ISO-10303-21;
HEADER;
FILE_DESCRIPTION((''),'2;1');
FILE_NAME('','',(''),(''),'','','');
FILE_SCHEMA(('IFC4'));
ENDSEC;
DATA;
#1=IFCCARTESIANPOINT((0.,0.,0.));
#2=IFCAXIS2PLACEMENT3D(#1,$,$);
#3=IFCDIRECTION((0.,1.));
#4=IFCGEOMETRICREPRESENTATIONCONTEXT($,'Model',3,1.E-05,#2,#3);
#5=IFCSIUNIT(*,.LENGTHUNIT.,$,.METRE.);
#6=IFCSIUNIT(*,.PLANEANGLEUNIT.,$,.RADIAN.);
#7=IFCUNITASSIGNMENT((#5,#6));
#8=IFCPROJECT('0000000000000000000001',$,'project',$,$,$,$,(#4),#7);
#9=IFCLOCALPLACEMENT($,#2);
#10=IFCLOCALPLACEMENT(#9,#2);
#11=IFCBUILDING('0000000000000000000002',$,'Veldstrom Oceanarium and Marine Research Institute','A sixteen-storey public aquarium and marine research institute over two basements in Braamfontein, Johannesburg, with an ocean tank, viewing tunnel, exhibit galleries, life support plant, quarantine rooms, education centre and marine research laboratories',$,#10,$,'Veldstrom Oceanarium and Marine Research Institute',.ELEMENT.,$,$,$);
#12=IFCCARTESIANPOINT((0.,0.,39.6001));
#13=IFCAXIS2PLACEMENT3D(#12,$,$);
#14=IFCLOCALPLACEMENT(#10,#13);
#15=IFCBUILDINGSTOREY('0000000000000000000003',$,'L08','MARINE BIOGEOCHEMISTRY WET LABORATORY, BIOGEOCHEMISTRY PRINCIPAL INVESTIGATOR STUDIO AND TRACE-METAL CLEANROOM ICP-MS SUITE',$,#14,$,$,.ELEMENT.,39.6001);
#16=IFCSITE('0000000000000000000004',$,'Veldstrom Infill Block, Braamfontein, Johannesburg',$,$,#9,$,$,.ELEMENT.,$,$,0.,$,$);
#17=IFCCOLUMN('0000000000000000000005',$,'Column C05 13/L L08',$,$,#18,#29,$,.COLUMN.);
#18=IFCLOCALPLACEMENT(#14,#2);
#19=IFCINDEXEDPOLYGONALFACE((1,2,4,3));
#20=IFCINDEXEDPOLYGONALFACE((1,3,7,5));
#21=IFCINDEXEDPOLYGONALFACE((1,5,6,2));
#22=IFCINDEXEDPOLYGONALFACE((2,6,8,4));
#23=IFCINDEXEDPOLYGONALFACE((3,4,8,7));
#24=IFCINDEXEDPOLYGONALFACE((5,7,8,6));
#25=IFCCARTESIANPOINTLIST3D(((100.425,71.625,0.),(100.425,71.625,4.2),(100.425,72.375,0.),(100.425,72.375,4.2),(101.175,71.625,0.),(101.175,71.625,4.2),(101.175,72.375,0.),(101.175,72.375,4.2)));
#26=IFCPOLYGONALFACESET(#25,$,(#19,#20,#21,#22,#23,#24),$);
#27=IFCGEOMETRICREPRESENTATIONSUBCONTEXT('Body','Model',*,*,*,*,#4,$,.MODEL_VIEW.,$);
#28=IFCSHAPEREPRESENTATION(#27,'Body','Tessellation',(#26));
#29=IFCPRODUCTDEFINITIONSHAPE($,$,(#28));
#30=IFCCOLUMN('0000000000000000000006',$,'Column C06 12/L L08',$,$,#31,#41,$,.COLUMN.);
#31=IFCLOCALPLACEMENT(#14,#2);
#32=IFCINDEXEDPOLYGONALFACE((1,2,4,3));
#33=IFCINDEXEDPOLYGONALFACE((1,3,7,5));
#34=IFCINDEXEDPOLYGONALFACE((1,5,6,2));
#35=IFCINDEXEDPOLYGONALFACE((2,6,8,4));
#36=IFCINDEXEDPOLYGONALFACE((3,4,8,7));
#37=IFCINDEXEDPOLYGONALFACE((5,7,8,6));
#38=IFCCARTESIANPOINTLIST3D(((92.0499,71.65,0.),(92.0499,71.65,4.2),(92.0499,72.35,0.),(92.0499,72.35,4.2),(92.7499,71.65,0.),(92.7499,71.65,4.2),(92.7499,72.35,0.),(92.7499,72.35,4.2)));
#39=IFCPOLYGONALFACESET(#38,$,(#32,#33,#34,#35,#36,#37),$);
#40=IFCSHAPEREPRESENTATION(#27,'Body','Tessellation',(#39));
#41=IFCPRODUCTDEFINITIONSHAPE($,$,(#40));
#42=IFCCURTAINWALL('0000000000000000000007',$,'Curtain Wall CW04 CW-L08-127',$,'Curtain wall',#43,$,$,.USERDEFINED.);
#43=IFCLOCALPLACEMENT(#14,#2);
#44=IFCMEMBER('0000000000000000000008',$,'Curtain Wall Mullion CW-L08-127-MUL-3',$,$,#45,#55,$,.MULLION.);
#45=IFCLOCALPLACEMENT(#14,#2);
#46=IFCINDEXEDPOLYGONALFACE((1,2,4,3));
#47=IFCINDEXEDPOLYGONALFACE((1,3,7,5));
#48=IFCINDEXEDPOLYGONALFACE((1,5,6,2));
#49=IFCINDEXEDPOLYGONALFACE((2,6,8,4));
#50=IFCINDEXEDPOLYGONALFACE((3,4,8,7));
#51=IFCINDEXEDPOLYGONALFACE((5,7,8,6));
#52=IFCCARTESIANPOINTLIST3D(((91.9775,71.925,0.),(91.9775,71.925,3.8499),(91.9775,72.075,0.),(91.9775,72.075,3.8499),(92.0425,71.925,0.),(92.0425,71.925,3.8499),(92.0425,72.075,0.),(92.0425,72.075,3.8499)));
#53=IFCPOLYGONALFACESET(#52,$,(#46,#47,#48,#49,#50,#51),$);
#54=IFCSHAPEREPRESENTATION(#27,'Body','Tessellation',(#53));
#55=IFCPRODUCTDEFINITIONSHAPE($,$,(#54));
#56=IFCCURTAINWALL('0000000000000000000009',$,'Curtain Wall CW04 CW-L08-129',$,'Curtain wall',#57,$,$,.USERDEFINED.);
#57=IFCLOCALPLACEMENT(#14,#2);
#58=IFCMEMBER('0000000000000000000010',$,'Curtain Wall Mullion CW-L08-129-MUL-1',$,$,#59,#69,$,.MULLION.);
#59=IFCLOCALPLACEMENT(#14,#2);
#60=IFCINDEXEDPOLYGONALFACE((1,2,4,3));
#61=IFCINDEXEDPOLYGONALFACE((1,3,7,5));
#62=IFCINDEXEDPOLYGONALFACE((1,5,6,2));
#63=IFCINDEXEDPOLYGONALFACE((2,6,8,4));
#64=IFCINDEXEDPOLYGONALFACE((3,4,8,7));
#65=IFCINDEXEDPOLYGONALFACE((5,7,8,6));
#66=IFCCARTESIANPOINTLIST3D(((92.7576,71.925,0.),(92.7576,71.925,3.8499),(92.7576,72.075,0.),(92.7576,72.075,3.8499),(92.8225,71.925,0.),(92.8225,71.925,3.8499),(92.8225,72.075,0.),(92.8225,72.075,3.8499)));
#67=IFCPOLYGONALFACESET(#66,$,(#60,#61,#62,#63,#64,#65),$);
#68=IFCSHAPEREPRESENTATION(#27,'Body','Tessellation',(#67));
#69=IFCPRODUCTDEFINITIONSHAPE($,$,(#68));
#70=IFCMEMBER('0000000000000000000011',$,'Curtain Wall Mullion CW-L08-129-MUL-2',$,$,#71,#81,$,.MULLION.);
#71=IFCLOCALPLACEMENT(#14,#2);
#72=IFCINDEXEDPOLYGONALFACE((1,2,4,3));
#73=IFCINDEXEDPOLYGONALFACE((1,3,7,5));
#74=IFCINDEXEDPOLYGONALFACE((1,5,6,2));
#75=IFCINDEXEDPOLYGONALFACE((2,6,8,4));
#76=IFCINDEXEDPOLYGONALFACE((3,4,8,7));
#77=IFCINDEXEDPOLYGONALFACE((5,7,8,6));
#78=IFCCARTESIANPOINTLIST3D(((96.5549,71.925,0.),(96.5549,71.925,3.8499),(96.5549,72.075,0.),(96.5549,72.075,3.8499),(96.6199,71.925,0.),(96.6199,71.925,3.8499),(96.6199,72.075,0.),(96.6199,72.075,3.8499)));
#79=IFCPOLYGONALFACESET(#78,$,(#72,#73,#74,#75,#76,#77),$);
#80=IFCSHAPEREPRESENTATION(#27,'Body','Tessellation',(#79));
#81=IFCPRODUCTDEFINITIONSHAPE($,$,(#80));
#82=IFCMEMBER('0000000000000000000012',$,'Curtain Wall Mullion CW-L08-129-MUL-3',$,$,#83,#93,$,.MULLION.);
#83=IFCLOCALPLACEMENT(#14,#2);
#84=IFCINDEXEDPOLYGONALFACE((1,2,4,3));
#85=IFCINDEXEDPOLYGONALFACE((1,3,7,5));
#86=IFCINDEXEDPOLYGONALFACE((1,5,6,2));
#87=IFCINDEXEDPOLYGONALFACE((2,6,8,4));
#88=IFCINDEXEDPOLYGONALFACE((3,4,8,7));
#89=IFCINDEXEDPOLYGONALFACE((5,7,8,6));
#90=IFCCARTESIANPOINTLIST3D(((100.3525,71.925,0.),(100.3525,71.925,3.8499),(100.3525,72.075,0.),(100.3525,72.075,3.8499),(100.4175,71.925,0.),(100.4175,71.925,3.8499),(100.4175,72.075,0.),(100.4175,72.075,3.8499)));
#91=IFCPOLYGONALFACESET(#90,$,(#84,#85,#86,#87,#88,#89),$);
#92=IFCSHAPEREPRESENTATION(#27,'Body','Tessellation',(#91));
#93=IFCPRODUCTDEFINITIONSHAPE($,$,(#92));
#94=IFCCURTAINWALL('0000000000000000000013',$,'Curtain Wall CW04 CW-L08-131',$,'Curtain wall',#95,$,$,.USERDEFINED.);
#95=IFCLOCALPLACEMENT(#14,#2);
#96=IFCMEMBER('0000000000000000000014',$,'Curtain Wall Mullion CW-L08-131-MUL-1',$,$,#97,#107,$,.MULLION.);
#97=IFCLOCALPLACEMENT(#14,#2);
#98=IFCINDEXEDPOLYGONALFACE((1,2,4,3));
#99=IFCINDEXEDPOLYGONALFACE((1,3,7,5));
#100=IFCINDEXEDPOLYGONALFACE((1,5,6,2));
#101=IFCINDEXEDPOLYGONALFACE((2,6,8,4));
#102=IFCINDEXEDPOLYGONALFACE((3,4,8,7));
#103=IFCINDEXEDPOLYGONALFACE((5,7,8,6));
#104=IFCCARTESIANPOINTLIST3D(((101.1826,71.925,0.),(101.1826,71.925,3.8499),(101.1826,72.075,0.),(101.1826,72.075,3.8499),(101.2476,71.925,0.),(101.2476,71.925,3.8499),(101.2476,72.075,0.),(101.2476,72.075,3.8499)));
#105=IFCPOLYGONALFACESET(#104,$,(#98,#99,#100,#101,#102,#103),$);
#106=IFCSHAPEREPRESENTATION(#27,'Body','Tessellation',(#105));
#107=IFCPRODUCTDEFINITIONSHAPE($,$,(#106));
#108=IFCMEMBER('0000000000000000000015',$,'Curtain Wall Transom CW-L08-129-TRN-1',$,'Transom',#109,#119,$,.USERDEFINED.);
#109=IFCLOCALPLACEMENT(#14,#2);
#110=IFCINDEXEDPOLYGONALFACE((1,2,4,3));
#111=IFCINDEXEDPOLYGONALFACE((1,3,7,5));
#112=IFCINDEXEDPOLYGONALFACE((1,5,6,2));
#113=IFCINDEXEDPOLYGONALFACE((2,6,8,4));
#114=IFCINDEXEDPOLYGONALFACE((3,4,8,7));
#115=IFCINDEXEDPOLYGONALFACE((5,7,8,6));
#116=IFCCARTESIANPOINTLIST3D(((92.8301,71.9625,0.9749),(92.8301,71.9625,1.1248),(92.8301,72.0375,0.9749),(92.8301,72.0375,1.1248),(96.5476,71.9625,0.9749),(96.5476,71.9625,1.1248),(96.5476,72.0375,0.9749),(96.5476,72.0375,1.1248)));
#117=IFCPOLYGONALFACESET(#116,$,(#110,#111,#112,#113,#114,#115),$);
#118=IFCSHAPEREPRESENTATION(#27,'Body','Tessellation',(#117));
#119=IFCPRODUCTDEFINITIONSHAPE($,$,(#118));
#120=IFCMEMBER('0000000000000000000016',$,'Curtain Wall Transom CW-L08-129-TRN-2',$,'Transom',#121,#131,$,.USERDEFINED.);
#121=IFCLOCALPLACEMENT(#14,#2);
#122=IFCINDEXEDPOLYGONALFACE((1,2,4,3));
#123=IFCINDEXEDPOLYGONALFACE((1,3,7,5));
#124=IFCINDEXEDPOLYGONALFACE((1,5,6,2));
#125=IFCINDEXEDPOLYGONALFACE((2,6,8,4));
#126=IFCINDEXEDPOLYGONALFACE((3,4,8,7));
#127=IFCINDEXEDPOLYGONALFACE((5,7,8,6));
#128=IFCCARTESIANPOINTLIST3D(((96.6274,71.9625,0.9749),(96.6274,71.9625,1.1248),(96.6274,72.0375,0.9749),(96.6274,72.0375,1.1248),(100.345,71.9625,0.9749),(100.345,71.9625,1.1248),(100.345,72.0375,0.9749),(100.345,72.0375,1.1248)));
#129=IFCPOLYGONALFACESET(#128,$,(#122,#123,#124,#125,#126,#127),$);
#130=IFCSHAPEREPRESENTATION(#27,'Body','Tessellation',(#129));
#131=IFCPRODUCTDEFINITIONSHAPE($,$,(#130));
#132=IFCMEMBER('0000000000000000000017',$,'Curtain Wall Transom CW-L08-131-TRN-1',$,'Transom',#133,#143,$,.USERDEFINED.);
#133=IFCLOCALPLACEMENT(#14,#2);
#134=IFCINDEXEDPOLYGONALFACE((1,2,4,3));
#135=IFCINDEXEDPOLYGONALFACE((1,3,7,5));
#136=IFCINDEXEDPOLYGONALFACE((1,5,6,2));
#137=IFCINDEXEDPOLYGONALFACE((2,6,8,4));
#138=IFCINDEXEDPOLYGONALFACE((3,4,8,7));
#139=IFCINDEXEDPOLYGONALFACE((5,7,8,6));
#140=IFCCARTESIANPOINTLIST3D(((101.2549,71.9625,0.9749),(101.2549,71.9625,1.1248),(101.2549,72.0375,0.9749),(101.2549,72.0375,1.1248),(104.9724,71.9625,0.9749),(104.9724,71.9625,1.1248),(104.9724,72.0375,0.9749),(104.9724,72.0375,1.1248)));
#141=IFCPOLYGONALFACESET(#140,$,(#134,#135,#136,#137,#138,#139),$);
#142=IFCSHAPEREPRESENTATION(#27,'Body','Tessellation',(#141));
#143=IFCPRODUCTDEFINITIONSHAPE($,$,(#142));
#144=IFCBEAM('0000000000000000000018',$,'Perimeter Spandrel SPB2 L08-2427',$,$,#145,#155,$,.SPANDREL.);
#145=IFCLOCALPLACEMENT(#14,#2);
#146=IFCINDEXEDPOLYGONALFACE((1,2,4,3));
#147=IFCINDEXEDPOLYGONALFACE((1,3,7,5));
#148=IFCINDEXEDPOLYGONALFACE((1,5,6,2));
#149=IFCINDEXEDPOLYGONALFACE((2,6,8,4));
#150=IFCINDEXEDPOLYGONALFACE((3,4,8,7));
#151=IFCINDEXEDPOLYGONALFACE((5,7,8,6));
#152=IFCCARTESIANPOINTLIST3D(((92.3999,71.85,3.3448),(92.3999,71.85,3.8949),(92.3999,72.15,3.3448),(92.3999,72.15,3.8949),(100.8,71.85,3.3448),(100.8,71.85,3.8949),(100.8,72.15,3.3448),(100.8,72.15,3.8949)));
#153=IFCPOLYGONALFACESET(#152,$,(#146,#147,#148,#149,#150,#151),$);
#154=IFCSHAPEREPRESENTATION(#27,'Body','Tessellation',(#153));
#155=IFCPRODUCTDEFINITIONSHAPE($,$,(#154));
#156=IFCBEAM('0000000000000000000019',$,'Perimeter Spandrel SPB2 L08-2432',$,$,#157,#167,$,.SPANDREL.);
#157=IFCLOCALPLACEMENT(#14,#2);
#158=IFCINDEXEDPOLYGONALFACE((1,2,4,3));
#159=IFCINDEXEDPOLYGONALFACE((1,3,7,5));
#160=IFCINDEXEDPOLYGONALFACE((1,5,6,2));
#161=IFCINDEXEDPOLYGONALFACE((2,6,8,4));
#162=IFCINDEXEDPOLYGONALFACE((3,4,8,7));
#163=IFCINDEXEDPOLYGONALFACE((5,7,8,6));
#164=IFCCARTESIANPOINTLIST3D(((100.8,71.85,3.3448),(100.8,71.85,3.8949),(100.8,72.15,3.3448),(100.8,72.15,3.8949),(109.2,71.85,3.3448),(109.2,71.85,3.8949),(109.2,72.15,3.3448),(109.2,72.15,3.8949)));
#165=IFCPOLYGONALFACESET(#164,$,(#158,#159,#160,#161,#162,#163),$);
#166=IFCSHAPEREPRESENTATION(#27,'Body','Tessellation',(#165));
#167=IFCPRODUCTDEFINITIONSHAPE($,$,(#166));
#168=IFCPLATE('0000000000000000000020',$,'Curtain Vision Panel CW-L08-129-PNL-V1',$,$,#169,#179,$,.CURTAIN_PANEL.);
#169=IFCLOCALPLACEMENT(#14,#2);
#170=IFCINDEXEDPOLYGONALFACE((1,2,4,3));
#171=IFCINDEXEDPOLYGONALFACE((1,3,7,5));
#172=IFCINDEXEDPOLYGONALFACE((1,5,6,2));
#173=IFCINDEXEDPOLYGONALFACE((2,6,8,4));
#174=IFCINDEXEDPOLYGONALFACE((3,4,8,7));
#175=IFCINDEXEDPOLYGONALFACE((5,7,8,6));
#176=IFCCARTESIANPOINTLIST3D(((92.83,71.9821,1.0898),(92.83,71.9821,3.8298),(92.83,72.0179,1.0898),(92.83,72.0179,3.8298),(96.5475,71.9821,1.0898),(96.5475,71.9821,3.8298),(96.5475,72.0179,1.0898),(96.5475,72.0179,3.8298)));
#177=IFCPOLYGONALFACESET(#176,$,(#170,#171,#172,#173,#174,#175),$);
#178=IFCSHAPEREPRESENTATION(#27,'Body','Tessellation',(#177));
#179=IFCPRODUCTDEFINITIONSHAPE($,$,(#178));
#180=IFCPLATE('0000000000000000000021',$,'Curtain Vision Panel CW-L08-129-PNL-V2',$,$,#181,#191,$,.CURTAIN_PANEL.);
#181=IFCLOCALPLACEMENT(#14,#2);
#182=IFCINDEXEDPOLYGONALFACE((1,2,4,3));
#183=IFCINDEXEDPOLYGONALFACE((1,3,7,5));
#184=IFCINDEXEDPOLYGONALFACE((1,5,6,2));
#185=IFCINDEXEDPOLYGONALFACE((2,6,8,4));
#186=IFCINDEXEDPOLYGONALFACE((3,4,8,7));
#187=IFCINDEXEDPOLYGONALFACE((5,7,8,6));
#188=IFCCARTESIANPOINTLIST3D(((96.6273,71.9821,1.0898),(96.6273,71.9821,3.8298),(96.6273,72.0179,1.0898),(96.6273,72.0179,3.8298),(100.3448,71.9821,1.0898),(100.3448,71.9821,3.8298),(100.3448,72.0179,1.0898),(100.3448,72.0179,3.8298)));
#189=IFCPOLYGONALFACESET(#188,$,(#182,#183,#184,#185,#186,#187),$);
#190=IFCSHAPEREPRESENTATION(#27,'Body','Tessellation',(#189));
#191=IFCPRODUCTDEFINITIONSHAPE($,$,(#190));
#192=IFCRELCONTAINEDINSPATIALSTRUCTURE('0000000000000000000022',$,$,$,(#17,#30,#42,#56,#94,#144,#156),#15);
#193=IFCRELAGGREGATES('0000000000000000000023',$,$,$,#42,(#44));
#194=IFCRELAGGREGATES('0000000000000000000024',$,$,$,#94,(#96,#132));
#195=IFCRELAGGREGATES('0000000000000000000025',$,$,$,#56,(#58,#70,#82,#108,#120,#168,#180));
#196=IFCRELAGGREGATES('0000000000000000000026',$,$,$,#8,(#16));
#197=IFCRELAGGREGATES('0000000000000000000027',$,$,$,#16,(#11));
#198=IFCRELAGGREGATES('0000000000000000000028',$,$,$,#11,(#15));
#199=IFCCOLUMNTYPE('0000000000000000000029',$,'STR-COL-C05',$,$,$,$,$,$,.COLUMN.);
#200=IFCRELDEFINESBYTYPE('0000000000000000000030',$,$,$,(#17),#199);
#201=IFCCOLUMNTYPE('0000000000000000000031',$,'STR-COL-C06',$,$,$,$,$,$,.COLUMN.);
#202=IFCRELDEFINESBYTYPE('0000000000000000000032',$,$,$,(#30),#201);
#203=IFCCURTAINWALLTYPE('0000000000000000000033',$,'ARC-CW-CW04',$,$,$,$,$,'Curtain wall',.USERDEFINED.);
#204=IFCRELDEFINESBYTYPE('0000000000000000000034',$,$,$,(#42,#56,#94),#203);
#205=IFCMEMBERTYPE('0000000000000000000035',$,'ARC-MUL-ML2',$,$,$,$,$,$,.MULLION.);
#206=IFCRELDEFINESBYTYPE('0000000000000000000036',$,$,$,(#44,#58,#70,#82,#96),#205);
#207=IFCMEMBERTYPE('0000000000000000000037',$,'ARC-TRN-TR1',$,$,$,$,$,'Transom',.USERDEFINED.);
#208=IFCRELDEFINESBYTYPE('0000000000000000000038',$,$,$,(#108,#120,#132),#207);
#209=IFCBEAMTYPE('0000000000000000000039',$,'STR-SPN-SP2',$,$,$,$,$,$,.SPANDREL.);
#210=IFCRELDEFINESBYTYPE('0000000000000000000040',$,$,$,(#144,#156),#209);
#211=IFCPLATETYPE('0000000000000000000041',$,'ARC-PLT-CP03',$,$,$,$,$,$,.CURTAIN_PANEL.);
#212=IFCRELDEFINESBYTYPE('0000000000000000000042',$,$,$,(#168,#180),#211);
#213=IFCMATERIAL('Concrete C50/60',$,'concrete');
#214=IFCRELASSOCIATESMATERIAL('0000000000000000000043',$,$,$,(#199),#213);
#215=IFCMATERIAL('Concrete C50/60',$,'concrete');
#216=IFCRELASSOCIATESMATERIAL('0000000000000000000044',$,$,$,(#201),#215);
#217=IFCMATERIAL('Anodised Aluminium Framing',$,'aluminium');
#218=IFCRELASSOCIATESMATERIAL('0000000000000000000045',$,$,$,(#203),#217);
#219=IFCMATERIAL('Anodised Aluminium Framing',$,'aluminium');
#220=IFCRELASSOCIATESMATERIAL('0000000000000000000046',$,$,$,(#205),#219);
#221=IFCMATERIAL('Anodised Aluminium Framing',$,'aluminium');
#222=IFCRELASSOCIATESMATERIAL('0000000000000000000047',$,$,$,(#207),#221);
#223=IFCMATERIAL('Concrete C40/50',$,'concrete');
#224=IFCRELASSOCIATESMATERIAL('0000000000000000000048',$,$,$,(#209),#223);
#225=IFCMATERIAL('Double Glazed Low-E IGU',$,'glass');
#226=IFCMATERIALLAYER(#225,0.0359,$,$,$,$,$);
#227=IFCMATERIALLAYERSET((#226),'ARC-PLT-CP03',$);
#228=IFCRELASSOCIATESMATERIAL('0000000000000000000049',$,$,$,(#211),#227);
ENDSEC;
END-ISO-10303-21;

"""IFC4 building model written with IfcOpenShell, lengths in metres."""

from ifc_helpers import new_model, si_unit, direction, frame, origin, origin_2d, place, context, subcontext, project, spatial, rectangle, extrude, material, layer, layer_set, material_profile, profile_set, type_object, element, aggregate, save


model = new_model("IFC4")

# Units and contexts
model_context = context("Model", 3, precision=1e-05, world=origin(), true_north=direction((0.0, 1.0)))
body_context = subcontext(model_context, "Body", "Model", "MODEL_VIEW")
ifc_project = project(units=[si_unit("LENGTHUNIT", "METRE"), si_unit("PLANEANGLEUNIT", "RADIAN")], contexts=[model_context])

# Site, building, storey
site_placement = place(None, origin())
site = spatial("IfcSite", under=ifc_project, at=site_placement, Name="Veldstrom Infill Block, Braamfontein, Johannesburg", CompositionType="ELEMENT", RefElevation=0.0)
building_placement = place(site_placement, origin())
building = spatial("IfcBuilding", under=site, at=building_placement, Name="Veldstrom Oceanarium and Marine Research Institute", Description="A sixteen-storey public aquarium and marine research institute over two basements in Braamfontein, Johannesburg, with an ocean tank, viewing tunnel, exhibit galleries, life support plant, quarantine rooms, education centre and marine research laboratories", LongName="Veldstrom Oceanarium and Marine Research Institute", CompositionType="ELEMENT")
storey_placement = place(building_placement, frame((0.0, 0.0, 39.6001)))
storey = spatial("IfcBuildingStorey", under=building, at=storey_placement, Name="L08", Description="MARINE BIOGEOCHEMISTRY WET LABORATORY, BIOGEOCHEMISTRY PRINCIPAL INVESTIGATOR STUDIO AND TRACE-METAL CLEANROOM ICP-MS SUITE", CompositionType="ELEMENT", Elevation=39.6001)

# Columns
ifc_material_1 = material(Name="Concrete C50/60", Category="concrete")
ifc_material_profile_1 = material_profile(ifc_material_1, rectangle(XDim=0.75, YDim=0.75, at=origin_2d()), Name="RC-COL-750x750")
ifc_profile_set_1 = profile_set([ifc_material_profile_1], Name="Concrete C50/60")
column_type_1 = type_object("IfcColumnType", Name="STR-COL-C05", PredefinedType="COLUMN", material=ifc_profile_set_1)
column_1_placement = place(storey_placement, frame((100.8, 72.0, 0.0), z_axis=(0.0, 0.0, 1.0), x_axis=(1.0, 0.0, 0.0)))
element("IfcColumn", 1, at=column_1_placement, inside=storey, type_object=column_type_1, Name="Column C05 13/L L08", PredefinedType="COLUMN", context=body_context, shape_type="SweptSolid", body=[
    extrude(rectangle(XDim=0.75, YDim=0.75, at=origin_2d()), origin(), (0.0, 0.0, 1.0), 4.2),
])
ifc_material_2 = material(Name="Concrete C50/60", Category="concrete")
ifc_material_profile_2 = material_profile(ifc_material_2, rectangle(XDim=0.7, YDim=0.7, at=origin_2d()), Name="RC-COL-700x700")
ifc_profile_set_2 = profile_set([ifc_material_profile_2], Name="Concrete C50/60")
column_type_2 = type_object("IfcColumnType", Name="STR-COL-C06", PredefinedType="COLUMN", material=ifc_profile_set_2)
column_2_placement = place(storey_placement, frame((92.3999, 72.0, 0.0), z_axis=(0.0, 0.0, 1.0), x_axis=(1.0, 0.0, 0.0)))
element("IfcColumn", 2, at=column_2_placement, inside=storey, type_object=column_type_2, Name="Column C06 12/L L08", PredefinedType="COLUMN", context=body_context, shape_type="SweptSolid", body=[
    extrude(rectangle(XDim=0.7, YDim=0.7, at=origin_2d()), origin(), (0.0, 0.0, 1.0), 4.2),
])

# Curtain wall, member
ifc_material_3 = material(Name="Anodised Aluminium Framing", Category="aluminium")
curtain_wall_type = type_object("IfcCurtainWallType", Name="ARC-CW-CW04", ElementType="Curtain wall", PredefinedType="USERDEFINED", material=ifc_material_3)
curtain_wall_1_placement = place(storey_placement, origin())
curtain_wall_1 = element("IfcCurtainWall", 3, at=curtain_wall_1_placement, inside=storey, type_object=curtain_wall_type, Name="Curtain Wall CW04 CW-L08-127", ObjectType="Curtain wall", PredefinedType="USERDEFINED")
ifc_material_4 = material(Name="Anodised Aluminium Framing", Category="aluminium")
ifc_material_profile_3 = material_profile(ifc_material_4, rectangle(XDim=0.0649, YDim=0.1499, at=origin_2d()), Name="ALU-MUL-65x150")
ifc_profile_set_3 = profile_set([ifc_material_profile_3], Name="Anodised Aluminium Framing")
member_type_1 = type_object("IfcMemberType", Name="ARC-MUL-ML2", PredefinedType="MULLION", material=ifc_profile_set_3)
member_1_placement = place(storey_placement, frame((92.01, 72.0, 0.0), z_axis=(0.0, 0.0, 1.0), x_axis=(1.0, 0.0, 0.0)))
member_1 = element("IfcMember", 4, at=member_1_placement, type_object=member_type_1, Name="Curtain Wall Mullion CW-L08-127-MUL-3", PredefinedType="MULLION", context=body_context, shape_type="SweptSolid", body=[
    extrude(rectangle(XDim=0.0649, YDim=0.1499, at=origin_2d()), origin(), (0.0, 0.0, 1.0), 3.8499),
])
aggregate(curtain_wall_1, [member_1])

# Curtain wall, members
curtain_wall_2_placement = place(storey_placement, origin())
curtain_wall_2 = element("IfcCurtainWall", 5, at=curtain_wall_2_placement, inside=storey, type_object=curtain_wall_type, Name="Curtain Wall CW04 CW-L08-129", ObjectType="Curtain wall", PredefinedType="USERDEFINED")
member_2_placement = place(storey_placement, frame((92.79, 72.0, 0.0), z_axis=(0.0, 0.0, 1.0), x_axis=(1.0, 0.0, 0.0)))
member_2 = element("IfcMember", 6, at=member_2_placement, type_object=member_type_1, Name="Curtain Wall Mullion CW-L08-129-MUL-1", PredefinedType="MULLION", context=body_context, shape_type="SweptSolid", body=[
    extrude(rectangle(XDim=0.0649, YDim=0.1499, at=origin_2d()), origin(), (0.0, 0.0, 1.0), 3.8499),
])
member_3_placement = place(storey_placement, frame((96.5874, 72.0, 0.0), z_axis=(0.0, 0.0, 1.0), x_axis=(1.0, 0.0, 0.0)))
member_3 = element("IfcMember", 7, at=member_3_placement, type_object=member_type_1, Name="Curtain Wall Mullion CW-L08-129-MUL-2", PredefinedType="MULLION", context=body_context, shape_type="SweptSolid", body=[
    extrude(rectangle(XDim=0.0649, YDim=0.1499, at=origin_2d()), origin(), (0.0, 0.0, 1.0), 3.8499),
])
member_4_placement = place(storey_placement, frame((100.385, 72.0, 0.0), z_axis=(0.0, 0.0, 1.0), x_axis=(1.0, 0.0, 0.0)))
member_4 = element("IfcMember", 8, at=member_4_placement, type_object=member_type_1, Name="Curtain Wall Mullion CW-L08-129-MUL-3", PredefinedType="MULLION", context=body_context, shape_type="SweptSolid", body=[
    extrude(rectangle(XDim=0.0649, YDim=0.1499, at=origin_2d()), origin(), (0.0, 0.0, 1.0), 3.8499),
])

# Curtain wall, member
curtain_wall_3_placement = place(storey_placement, origin())
curtain_wall_3 = element("IfcCurtainWall", 9, at=curtain_wall_3_placement, inside=storey, type_object=curtain_wall_type, Name="Curtain Wall CW04 CW-L08-131", ObjectType="Curtain wall", PredefinedType="USERDEFINED")
member_5_placement = place(storey_placement, frame((101.2151, 72.0, 0.0), z_axis=(0.0, 0.0, 1.0), x_axis=(1.0, 0.0, 0.0)))
member_5 = element("IfcMember", 10, at=member_5_placement, type_object=member_type_1, Name="Curtain Wall Mullion CW-L08-131-MUL-1", PredefinedType="MULLION", context=body_context, shape_type="SweptSolid", body=[
    extrude(rectangle(XDim=0.0649, YDim=0.1499, at=origin_2d()), origin(), (0.0, 0.0, 1.0), 3.8499),
])

# Members
ifc_material_5 = material(Name="Anodised Aluminium Framing", Category="aluminium")
ifc_material_profile_4 = material_profile(ifc_material_5, rectangle(XDim=0.075, YDim=0.1499, at=origin_2d()), Name="ALU-TRN-75x150")
ifc_profile_set_4 = profile_set([ifc_material_profile_4], Name="Anodised Aluminium Framing")
member_type_2 = type_object("IfcMemberType", Name="ARC-TRN-TR1", ElementType="Transom", PredefinedType="USERDEFINED", material=ifc_profile_set_4)
member_6_placement = place(storey_placement, frame((92.8301, 72.0, 1.0498), z_axis=(1.0, 0.0, 0.0), x_axis=(0.0, 1.0, 0.0)))
member_6 = element("IfcMember", 11, at=member_6_placement, type_object=member_type_2, Name="Curtain Wall Transom CW-L08-129-TRN-1", ObjectType="Transom", PredefinedType="USERDEFINED", context=body_context, shape_type="SweptSolid", body=[
    extrude(rectangle(XDim=0.075, YDim=0.1499, at=origin_2d()), origin(), (0.0, 0.0, 1.0), 3.7175),
])
member_7_placement = place(storey_placement, frame((96.6274, 72.0, 1.0498), z_axis=(1.0, 0.0, 0.0), x_axis=(0.0, 1.0, 0.0)))
member_7 = element("IfcMember", 12, at=member_7_placement, type_object=member_type_2, Name="Curtain Wall Transom CW-L08-129-TRN-2", ObjectType="Transom", PredefinedType="USERDEFINED", context=body_context, shape_type="SweptSolid", body=[
    extrude(rectangle(XDim=0.075, YDim=0.1499, at=origin_2d()), origin(), (0.0, 0.0, 1.0), 3.7175),
])
member_8_placement = place(storey_placement, frame((101.2549, 72.0, 1.0498), z_axis=(1.0, 0.0, 0.0), x_axis=(0.0, 1.0, 0.0)))
member_8 = element("IfcMember", 13, at=member_8_placement, type_object=member_type_2, Name="Curtain Wall Transom CW-L08-131-TRN-1", ObjectType="Transom", PredefinedType="USERDEFINED", context=body_context, shape_type="SweptSolid", body=[
    extrude(rectangle(XDim=0.075, YDim=0.1499, at=origin_2d()), origin(), (0.0, 0.0, 1.0), 3.7175),
])
aggregate(curtain_wall_3, [member_5, member_8])

# Beams
ifc_material_6 = material(Name="Concrete C40/50", Category="concrete")
ifc_material_profile_5 = material_profile(ifc_material_6, rectangle(XDim=0.3, YDim=0.55, at=origin_2d()), Name="RC-SPN-300x550")
ifc_profile_set_5 = profile_set([ifc_material_profile_5], Name="Concrete C40/50")
beam_type = type_object("IfcBeamType", Name="STR-SPN-SP2", PredefinedType="SPANDREL", material=ifc_profile_set_5)
beam_1_placement = place(storey_placement, frame((92.3999, 72.0, 3.6199), z_axis=(1.0, 0.0, 0.0), x_axis=(0.0, 1.0, 0.0)))
element("IfcBeam", 14, at=beam_1_placement, inside=storey, type_object=beam_type, Name="Perimeter Spandrel SPB2 L08-2427", PredefinedType="SPANDREL", context=body_context, shape_type="SweptSolid", body=[
    extrude(rectangle(XDim=0.3, YDim=0.55, at=origin_2d()), origin(), (0.0, 0.0, 1.0), 8.4001),
])
beam_2_placement = place(storey_placement, frame((100.8, 72.0, 3.6199), z_axis=(1.0, 0.0, 0.0), x_axis=(0.0, 1.0, 0.0)))
element("IfcBeam", 15, at=beam_2_placement, inside=storey, type_object=beam_type, Name="Perimeter Spandrel SPB2 L08-2432", PredefinedType="SPANDREL", context=body_context, shape_type="SweptSolid", body=[
    extrude(rectangle(XDim=0.3, YDim=0.55, at=origin_2d()), origin(), (0.0, 0.0, 1.0), 8.3999),
])

# Plates
ifc_material_7 = material(Name="Double Glazed Low-E IGU", Category="glass")
ifc_layer_1 = layer(ifc_material_7, 0.0359)
ifc_layer_set_1 = layer_set([ifc_layer_1], Name="ARC-PLT-CP03")
plate_type_1 = type_object("IfcPlateType", Name="ARC-PLT-CP03", PredefinedType="CURTAIN_PANEL", material=ifc_layer_set_1)
plate_1_placement = place(storey_placement, frame((94.6887, 72.0, 1.0898), z_axis=(0.0, 0.0, 1.0), x_axis=(1.0, 0.0, 0.0)))
plate_1 = element("IfcPlate", 16, at=plate_1_placement, type_object=plate_type_1, Name="Curtain Vision Panel CW-L08-129-PNL-V1", PredefinedType="CURTAIN_PANEL", context=body_context, shape_type="SweptSolid", body=[
    extrude(rectangle(XDim=3.7175, YDim=0.0359, at=origin_2d()), origin(), (0.0, 0.0, 1.0), 2.74),
])
plate_2_placement = place(storey_placement, frame((98.4861, 72.0, 1.0898), z_axis=(0.0, 0.0, 1.0), x_axis=(1.0, 0.0, 0.0)))
plate_2 = element("IfcPlate", 17, at=plate_2_placement, type_object=plate_type_1, Name="Curtain Vision Panel CW-L08-129-PNL-V2", PredefinedType="CURTAIN_PANEL", context=body_context, shape_type="SweptSolid", body=[
    extrude(rectangle(XDim=3.7175, YDim=0.0359, at=origin_2d()), origin(), (0.0, 0.0, 1.0), 2.74),
])
aggregate(curtain_wall_2, [member_2, member_3, member_4, member_6, member_7, plate_1, plate_2])

save(model, "model.ifc")
